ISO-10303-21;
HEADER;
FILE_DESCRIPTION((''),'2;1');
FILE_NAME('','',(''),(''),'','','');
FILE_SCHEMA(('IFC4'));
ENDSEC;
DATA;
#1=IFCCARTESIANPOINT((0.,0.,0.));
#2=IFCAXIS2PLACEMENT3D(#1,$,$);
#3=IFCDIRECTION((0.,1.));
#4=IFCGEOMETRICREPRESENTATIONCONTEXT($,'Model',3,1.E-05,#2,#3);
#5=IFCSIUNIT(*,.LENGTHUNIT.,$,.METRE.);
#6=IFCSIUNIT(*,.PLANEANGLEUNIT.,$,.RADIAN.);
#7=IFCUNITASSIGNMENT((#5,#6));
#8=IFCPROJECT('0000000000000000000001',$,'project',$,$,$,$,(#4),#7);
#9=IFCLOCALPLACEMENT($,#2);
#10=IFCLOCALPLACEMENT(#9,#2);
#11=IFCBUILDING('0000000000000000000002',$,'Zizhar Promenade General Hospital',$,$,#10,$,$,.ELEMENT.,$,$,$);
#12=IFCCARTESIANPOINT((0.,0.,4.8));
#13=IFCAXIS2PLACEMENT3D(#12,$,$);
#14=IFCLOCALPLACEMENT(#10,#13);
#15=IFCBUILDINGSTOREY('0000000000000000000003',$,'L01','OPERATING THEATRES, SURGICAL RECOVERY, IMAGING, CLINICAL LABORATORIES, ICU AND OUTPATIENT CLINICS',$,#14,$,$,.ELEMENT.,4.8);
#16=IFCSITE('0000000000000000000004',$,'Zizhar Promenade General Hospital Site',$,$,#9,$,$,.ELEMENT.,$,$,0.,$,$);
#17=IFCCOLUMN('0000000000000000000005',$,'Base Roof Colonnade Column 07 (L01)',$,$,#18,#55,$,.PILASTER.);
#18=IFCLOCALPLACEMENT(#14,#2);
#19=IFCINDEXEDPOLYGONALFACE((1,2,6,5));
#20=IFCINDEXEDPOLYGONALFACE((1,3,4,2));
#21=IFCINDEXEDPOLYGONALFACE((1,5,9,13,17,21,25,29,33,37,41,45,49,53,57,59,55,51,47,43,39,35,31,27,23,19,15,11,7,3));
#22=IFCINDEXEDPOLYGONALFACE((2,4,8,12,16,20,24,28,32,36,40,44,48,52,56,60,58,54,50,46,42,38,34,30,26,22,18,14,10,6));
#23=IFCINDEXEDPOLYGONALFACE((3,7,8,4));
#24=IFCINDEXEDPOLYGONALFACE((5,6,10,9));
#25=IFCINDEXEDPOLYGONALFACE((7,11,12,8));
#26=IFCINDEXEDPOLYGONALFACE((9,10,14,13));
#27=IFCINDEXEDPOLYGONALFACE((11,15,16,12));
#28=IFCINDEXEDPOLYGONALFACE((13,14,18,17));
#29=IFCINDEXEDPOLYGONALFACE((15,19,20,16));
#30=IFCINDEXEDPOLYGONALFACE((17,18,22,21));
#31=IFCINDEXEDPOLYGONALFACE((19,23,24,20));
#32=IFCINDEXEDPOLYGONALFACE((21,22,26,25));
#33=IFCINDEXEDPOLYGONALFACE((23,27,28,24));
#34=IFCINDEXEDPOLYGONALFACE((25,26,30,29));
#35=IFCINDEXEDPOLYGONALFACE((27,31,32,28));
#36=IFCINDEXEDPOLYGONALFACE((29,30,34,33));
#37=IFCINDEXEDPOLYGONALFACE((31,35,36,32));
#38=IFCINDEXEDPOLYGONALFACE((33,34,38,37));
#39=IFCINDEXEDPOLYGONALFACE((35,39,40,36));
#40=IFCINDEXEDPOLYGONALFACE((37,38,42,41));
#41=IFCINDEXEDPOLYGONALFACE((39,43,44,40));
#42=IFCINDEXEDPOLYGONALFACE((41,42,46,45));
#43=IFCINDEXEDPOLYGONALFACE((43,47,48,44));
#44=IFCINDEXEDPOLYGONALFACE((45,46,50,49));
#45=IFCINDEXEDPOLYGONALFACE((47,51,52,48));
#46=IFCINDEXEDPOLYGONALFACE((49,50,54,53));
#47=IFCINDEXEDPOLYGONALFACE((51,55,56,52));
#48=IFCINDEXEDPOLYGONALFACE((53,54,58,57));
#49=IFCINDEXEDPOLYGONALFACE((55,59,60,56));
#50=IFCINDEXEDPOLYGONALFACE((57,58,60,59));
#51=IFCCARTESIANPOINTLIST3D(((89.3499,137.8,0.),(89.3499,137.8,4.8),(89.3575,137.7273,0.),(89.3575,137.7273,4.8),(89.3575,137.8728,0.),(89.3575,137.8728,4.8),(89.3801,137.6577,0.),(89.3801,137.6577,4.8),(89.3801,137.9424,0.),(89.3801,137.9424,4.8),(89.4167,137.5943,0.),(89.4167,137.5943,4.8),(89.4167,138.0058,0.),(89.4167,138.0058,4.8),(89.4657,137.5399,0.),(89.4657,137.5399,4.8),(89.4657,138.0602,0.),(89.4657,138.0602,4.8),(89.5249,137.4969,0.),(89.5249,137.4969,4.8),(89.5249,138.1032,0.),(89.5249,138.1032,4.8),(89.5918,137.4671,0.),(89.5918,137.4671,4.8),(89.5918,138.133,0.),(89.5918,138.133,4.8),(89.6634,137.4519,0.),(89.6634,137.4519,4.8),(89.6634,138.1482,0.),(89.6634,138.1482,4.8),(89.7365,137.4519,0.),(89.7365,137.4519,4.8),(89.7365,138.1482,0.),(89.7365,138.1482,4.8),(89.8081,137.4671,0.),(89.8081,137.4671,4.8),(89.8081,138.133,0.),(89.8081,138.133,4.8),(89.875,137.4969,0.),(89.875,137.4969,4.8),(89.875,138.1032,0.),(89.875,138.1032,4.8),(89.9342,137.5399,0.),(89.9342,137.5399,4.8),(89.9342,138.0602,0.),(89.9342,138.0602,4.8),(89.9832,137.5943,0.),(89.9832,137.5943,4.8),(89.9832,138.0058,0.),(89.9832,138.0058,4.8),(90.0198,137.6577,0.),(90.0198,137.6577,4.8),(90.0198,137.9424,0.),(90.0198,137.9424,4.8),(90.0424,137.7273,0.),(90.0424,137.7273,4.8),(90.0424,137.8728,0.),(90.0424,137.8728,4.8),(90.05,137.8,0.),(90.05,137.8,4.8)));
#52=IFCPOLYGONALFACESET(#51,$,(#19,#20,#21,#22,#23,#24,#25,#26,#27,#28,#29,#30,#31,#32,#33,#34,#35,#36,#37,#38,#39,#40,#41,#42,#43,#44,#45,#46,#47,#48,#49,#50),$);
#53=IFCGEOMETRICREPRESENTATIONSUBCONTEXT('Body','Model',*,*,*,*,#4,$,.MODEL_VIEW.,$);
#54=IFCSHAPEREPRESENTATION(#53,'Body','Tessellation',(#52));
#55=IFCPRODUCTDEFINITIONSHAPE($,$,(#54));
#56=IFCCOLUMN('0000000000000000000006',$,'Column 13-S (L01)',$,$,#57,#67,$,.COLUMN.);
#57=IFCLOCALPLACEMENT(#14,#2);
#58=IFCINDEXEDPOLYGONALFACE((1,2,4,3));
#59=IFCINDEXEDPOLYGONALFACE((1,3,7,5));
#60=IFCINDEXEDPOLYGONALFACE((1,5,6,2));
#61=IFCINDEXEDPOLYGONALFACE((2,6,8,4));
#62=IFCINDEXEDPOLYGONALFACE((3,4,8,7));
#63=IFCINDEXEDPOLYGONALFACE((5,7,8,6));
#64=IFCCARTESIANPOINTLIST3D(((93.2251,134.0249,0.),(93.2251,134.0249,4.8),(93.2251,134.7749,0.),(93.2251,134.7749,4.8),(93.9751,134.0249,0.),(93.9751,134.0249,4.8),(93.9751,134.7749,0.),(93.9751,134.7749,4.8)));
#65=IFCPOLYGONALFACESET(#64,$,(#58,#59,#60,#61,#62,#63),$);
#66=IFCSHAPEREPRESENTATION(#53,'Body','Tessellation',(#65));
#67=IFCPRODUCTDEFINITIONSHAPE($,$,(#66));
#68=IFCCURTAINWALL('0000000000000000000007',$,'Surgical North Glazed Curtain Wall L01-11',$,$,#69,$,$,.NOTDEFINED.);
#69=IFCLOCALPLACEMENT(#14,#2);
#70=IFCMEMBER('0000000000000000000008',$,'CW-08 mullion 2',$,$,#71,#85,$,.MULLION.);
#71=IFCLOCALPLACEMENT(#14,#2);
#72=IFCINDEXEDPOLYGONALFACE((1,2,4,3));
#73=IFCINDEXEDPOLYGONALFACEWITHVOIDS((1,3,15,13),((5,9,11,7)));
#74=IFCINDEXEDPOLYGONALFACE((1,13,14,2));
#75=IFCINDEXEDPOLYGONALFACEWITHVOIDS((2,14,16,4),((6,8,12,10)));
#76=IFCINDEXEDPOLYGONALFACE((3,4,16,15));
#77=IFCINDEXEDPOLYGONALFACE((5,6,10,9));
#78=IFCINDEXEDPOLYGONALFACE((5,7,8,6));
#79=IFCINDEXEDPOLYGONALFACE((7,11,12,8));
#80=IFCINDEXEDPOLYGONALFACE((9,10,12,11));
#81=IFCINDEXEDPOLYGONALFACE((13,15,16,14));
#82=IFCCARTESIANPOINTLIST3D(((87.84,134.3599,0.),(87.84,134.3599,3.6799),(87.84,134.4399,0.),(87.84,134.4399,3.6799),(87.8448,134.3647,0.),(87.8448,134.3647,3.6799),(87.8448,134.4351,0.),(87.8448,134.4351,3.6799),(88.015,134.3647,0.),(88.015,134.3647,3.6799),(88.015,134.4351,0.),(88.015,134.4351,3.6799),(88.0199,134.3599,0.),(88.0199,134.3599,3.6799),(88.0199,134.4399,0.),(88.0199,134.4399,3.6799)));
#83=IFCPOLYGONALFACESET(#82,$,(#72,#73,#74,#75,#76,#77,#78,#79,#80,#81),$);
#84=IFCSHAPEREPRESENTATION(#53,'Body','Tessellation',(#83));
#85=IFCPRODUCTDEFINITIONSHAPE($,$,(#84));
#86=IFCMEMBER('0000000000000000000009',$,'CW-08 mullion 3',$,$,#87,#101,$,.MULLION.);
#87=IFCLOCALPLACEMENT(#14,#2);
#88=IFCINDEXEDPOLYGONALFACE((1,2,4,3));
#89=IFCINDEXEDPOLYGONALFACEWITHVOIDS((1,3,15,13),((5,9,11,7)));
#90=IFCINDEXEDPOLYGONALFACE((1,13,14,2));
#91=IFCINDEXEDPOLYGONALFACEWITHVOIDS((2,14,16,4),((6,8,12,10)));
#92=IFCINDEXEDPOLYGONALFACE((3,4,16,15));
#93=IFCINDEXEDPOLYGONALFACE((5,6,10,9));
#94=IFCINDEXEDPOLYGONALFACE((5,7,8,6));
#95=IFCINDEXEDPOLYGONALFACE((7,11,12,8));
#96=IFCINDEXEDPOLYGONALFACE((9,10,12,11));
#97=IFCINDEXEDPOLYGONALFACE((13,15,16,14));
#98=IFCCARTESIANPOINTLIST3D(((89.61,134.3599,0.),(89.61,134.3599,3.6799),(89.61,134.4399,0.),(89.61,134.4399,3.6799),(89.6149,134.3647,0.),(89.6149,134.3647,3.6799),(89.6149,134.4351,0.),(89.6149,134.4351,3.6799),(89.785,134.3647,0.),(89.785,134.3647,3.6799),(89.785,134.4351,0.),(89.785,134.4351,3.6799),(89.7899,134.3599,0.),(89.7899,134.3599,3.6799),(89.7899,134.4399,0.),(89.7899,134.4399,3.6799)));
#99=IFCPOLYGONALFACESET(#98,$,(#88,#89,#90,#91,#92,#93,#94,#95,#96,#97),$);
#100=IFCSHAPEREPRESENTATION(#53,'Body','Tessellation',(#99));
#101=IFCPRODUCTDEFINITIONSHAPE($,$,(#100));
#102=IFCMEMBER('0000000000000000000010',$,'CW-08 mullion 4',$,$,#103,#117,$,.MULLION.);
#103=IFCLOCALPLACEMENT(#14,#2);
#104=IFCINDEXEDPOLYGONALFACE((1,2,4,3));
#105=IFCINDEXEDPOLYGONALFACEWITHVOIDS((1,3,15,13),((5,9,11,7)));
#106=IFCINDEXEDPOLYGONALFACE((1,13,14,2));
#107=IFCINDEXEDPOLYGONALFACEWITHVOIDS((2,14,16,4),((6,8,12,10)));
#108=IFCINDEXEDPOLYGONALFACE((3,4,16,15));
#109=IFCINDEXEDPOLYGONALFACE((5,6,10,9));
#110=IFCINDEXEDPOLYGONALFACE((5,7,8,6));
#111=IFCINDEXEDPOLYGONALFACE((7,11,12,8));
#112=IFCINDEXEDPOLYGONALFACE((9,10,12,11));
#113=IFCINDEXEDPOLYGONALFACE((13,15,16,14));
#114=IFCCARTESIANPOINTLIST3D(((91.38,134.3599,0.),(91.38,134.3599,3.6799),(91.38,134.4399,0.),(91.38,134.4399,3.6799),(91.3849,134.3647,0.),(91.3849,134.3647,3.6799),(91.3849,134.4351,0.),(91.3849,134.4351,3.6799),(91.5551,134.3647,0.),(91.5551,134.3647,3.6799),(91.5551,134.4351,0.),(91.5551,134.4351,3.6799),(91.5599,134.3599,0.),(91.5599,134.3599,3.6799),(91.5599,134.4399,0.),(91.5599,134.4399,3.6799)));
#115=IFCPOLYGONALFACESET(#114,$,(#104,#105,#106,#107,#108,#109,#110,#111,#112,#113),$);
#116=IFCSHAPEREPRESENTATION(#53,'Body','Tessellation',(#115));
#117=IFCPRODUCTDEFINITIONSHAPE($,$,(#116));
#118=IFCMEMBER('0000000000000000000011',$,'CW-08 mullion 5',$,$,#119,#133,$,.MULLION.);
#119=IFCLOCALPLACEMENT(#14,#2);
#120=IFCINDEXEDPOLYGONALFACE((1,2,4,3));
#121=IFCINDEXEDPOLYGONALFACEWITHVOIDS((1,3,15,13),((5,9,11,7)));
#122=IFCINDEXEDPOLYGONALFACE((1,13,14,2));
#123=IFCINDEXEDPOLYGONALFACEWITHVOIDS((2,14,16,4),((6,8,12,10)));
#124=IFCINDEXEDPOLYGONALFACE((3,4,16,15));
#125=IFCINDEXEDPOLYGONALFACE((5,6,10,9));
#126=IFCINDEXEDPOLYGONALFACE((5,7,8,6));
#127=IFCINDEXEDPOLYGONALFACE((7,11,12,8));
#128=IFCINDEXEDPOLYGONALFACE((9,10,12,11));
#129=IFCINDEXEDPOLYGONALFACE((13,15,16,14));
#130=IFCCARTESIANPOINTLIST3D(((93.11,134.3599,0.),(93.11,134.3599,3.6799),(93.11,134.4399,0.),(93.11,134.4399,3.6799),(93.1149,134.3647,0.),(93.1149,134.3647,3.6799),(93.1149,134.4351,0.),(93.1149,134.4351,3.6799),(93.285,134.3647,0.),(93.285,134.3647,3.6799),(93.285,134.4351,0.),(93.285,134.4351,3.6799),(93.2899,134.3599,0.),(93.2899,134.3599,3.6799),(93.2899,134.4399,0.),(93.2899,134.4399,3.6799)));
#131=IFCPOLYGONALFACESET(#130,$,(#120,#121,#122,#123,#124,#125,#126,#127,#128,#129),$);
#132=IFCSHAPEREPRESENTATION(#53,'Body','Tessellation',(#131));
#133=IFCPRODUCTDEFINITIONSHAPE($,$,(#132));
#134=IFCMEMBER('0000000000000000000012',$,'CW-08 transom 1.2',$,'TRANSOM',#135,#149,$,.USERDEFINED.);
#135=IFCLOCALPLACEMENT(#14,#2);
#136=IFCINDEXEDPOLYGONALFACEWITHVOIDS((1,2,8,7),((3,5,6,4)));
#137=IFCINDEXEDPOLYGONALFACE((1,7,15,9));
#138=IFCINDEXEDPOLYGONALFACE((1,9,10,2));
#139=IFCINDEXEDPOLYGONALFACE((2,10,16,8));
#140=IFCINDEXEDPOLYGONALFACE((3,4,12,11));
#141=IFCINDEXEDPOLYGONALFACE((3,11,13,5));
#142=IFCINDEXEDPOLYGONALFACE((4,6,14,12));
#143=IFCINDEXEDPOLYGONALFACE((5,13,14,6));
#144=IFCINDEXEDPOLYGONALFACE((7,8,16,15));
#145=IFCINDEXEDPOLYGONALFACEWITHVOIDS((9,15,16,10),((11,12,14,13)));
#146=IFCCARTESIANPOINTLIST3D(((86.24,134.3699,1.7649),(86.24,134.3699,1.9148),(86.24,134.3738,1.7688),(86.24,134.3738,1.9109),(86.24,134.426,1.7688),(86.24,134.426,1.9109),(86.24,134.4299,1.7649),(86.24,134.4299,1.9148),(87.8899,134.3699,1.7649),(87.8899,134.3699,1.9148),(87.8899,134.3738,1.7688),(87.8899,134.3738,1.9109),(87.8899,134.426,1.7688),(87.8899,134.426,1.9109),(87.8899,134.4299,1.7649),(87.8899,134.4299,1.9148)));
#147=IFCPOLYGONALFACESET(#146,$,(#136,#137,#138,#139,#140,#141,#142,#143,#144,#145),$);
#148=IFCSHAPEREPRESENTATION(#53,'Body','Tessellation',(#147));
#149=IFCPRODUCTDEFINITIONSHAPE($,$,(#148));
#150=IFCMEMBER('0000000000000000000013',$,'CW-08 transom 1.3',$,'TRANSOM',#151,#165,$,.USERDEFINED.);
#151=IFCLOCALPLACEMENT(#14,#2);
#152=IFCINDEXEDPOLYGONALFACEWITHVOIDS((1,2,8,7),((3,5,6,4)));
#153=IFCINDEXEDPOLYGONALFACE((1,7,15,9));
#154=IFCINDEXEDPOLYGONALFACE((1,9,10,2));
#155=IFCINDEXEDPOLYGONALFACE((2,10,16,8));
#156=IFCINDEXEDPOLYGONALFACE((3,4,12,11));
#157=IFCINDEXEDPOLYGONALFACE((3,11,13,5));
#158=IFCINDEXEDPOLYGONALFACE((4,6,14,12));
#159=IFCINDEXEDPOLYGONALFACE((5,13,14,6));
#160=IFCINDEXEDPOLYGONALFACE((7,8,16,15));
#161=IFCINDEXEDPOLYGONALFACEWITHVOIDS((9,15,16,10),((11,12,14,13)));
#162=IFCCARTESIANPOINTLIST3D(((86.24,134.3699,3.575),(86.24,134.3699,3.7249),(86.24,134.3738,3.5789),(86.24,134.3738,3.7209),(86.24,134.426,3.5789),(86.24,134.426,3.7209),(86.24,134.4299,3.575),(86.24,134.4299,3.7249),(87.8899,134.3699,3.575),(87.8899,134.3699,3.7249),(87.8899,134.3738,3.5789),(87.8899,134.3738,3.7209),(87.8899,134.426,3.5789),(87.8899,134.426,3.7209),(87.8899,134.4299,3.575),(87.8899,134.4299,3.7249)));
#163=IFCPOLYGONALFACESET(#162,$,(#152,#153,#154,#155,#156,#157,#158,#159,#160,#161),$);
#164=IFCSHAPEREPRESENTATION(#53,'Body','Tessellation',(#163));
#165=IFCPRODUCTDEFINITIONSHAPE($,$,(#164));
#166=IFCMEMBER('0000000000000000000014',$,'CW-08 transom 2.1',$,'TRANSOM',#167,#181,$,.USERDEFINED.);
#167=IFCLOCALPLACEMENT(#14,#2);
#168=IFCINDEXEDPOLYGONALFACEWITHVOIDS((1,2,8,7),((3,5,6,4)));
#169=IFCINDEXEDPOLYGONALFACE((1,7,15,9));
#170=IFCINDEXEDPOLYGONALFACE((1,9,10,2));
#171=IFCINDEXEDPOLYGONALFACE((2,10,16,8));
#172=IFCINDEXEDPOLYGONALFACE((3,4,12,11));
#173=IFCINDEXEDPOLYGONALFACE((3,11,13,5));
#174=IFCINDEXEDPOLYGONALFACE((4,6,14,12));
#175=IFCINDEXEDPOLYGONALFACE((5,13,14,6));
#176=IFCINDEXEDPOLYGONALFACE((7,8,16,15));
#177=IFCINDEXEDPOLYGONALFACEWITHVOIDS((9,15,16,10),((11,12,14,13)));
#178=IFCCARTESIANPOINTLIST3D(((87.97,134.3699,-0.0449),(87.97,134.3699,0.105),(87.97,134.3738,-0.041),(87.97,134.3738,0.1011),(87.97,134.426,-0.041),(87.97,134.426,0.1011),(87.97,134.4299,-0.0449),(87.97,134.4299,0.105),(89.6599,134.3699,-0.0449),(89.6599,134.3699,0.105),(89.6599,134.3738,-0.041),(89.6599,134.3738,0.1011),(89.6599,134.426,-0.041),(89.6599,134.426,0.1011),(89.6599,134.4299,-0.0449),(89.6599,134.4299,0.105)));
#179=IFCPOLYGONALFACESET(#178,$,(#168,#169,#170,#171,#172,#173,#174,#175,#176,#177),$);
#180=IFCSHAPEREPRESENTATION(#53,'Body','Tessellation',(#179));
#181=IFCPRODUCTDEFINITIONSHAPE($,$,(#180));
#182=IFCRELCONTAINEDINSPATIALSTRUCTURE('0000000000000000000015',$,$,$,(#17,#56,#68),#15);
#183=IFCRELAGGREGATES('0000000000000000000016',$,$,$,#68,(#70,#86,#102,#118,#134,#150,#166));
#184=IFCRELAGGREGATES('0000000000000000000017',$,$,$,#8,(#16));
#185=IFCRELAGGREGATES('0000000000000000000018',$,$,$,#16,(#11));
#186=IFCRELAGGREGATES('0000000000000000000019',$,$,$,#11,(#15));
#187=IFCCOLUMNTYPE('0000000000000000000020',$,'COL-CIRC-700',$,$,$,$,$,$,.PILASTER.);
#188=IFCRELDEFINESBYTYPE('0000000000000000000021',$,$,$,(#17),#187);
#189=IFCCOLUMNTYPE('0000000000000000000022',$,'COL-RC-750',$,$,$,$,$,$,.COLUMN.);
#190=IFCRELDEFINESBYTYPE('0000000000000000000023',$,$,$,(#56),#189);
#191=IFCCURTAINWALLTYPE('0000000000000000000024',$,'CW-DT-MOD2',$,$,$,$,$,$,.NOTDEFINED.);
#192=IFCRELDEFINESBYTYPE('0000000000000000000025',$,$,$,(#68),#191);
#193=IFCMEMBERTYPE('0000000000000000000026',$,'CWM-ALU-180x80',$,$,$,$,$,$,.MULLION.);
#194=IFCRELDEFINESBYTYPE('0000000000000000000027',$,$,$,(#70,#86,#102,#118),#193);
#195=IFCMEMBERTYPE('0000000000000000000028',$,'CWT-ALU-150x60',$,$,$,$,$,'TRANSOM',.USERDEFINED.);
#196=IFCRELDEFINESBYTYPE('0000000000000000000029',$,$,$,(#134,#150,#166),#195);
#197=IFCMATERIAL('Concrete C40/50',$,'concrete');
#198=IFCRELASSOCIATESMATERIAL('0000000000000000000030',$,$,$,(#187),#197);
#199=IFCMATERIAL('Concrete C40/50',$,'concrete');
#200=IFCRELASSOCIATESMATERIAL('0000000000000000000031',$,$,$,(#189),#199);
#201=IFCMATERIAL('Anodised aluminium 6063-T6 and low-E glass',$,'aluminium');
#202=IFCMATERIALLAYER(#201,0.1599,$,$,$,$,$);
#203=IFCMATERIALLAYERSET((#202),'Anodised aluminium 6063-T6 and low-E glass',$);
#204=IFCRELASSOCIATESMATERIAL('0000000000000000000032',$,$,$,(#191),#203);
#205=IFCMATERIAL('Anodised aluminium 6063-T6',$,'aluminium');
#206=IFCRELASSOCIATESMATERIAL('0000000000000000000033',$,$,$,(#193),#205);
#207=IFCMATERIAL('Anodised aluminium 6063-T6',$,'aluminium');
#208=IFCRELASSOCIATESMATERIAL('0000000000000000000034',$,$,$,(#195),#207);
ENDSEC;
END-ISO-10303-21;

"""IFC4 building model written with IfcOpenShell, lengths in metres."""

from ifc_helpers import new_model, si_unit, direction, frame, origin, origin_2d, place, context, subcontext, project, spatial, rectangle, hollow_rectangle, circle, extrude, material, layer, layer_set, material_profile, profile_set, type_object, element, aggregate, save


model = new_model("IFC4")

# Units and contexts
model_context = context("Model", 3, precision=1e-05, world=origin(), true_north=direction((0.0, 1.0)))
body_context = subcontext(model_context, "Body", "Model", "MODEL_VIEW")
ifc_project = project(units=[si_unit("LENGTHUNIT", "METRE"), si_unit("PLANEANGLEUNIT", "RADIAN")], contexts=[model_context])

# Site, building, storey
site_placement = place(None, origin())
site = spatial("IfcSite", under=ifc_project, at=site_placement, Name="Zizhar Promenade General Hospital Site", CompositionType="ELEMENT", RefElevation=0.0)
building_placement = place(site_placement, origin())
building = spatial("IfcBuilding", under=site, at=building_placement, Name="Zizhar Promenade General Hospital", CompositionType="ELEMENT")
storey_placement = place(building_placement, frame((0.0, 0.0, 4.8)))
storey = spatial("IfcBuildingStorey", under=building, at=storey_placement, Name="L01", Description="OPERATING THEATRES, SURGICAL RECOVERY, IMAGING, CLINICAL LABORATORIES, ICU AND OUTPATIENT CLINICS", CompositionType="ELEMENT", Elevation=4.8)

# Columns
ifc_material_1 = material(Name="Concrete C40/50", Category="concrete")
ifc_material_profile_1 = material_profile(ifc_material_1, circle(Radius=0.3501, at=origin_2d()))
ifc_profile_set_1 = profile_set([ifc_material_profile_1], Name="Concrete C40/50")
column_type_1 = type_object("IfcColumnType", Name="COL-CIRC-700", PredefinedType="PILASTER", material=ifc_profile_set_1)
column_1_placement = place(storey_placement, frame((89.7, 137.8, 0.0), z_axis=(0.0, 0.0, 1.0), x_axis=(1.0, 0.0, 0.0)))
element("IfcColumn", 1, at=column_1_placement, inside=storey, type_object=column_type_1, Name="Base Roof Colonnade Column 07 (L01)", PredefinedType="PILASTER", context=body_context, shape_type="SweptSolid", body=[
    extrude(circle(Radius=0.3501, at=origin_2d()), origin(), (0.0, 0.0, 1.0), 4.8),
])
ifc_material_2 = material(Name="Concrete C40/50", Category="concrete")
ifc_material_profile_2 = material_profile(ifc_material_2, rectangle(XDim=0.75, YDim=0.75, at=origin_2d()))
ifc_profile_set_2 = profile_set([ifc_material_profile_2], Name="Concrete C40/50")
column_type_2 = type_object("IfcColumnType", Name="COL-RC-750", PredefinedType="COLUMN", material=ifc_profile_set_2)
column_2_placement = place(storey_placement, frame((93.6001, 134.3999, 0.0), z_axis=(0.0, 0.0, 1.0), x_axis=(1.0, 0.0, 0.0)))
element("IfcColumn", 2, at=column_2_placement, inside=storey, type_object=column_type_2, Name="Column 13-S (L01)", PredefinedType="COLUMN", context=body_context, shape_type="SweptSolid", body=[
    extrude(rectangle(XDim=0.75, YDim=0.75, at=origin_2d()), origin(), (0.0, 0.0, 1.0), 4.8),
])

# Curtain wall, members
ifc_material_3 = material(Name="Anodised aluminium 6063-T6 and low-E glass", Category="aluminium")
ifc_layer_1 = layer(ifc_material_3, 0.1599)
ifc_layer_set_1 = layer_set([ifc_layer_1], Name="Anodised aluminium 6063-T6 and low-E glass")
curtain_wall_type = type_object("IfcCurtainWallType", Name="CW-DT-MOD2", PredefinedType="NOTDEFINED", material=ifc_layer_set_1)
curtain_wall_placement = place(storey_placement, origin())
curtain_wall = element("IfcCurtainWall", 3, at=curtain_wall_placement, inside=storey, type_object=curtain_wall_type, Name="Surgical North Glazed Curtain Wall L01-11", PredefinedType="NOTDEFINED")
ifc_material_4 = material(Name="Anodised aluminium 6063-T6", Category="aluminium")
ifc_material_profile_3 = material_profile(ifc_material_4, hollow_rectangle(XDim=0.0801, YDim=0.1799, WallThickness=0.0049, at=origin_2d()))
ifc_profile_set_3 = profile_set([ifc_material_profile_3], Name="Anodised aluminium 6063-T6")
member_type_1 = type_object("IfcMemberType", Name="CWM-ALU-180x80", PredefinedType="MULLION", material=ifc_profile_set_3)
member_1_placement = place(storey_placement, frame((87.9299, 134.3999, 0.0), z_axis=(0.0, 0.0, 1.0), x_axis=(0.0, 1.0, 0.0)))
member_1 = element("IfcMember", 4, at=member_1_placement, type_object=member_type_1, Name="CW-08 mullion 2", PredefinedType="MULLION", context=body_context, shape_type="SweptSolid", body=[
    extrude(hollow_rectangle(XDim=0.0801, YDim=0.1799, WallThickness=0.0049, at=origin_2d()), origin(), (0.0, 0.0, 1.0), 3.6799),
])
member_2_placement = place(storey_placement, frame((89.7, 134.3999, 0.0), z_axis=(0.0, 0.0, 1.0), x_axis=(0.0, 1.0, 0.0)))
member_2 = element("IfcMember", 5, at=member_2_placement, type_object=member_type_1, Name="CW-08 mullion 3", PredefinedType="MULLION", context=body_context, shape_type="SweptSolid", body=[
    extrude(hollow_rectangle(XDim=0.0801, YDim=0.1799, WallThickness=0.0049, at=origin_2d()), origin(), (0.0, 0.0, 1.0), 3.6799),
])
member_3_placement = place(storey_placement, frame((91.47, 134.3999, 0.0), z_axis=(0.0, 0.0, 1.0), x_axis=(0.0, 1.0, 0.0)))
member_3 = element("IfcMember", 6, at=member_3_placement, type_object=member_type_1, Name="CW-08 mullion 4", PredefinedType="MULLION", context=body_context, shape_type="SweptSolid", body=[
    extrude(hollow_rectangle(XDim=0.0801, YDim=0.1799, WallThickness=0.0049, at=origin_2d()), origin(), (0.0, 0.0, 1.0), 3.6799),
])
member_4_placement = place(storey_placement, frame((93.2, 134.3999, 0.0), z_axis=(0.0, 0.0, 1.0), x_axis=(0.0, 1.0, 0.0)))
member_4 = element("IfcMember", 7, at=member_4_placement, type_object=member_type_1, Name="CW-08 mullion 5", PredefinedType="MULLION", context=body_context, shape_type="SweptSolid", body=[
    extrude(hollow_rectangle(XDim=0.0801, YDim=0.1799, WallThickness=0.0049, at=origin_2d()), origin(), (0.0, 0.0, 1.0), 3.6799),
])
ifc_material_5 = material(Name="Anodised aluminium 6063-T6", Category="aluminium")
ifc_material_profile_4 = material_profile(ifc_material_5, hollow_rectangle(XDim=0.0601, YDim=0.1499, WallThickness=0.0039, at=origin_2d()))
ifc_profile_set_4 = profile_set([ifc_material_profile_4], Name="Anodised aluminium 6063-T6")
member_type_2 = type_object("IfcMemberType", Name="CWT-ALU-150x60", ElementType="TRANSOM", PredefinedType="USERDEFINED", material=ifc_profile_set_4)
member_5_placement = place(storey_placement, frame((86.24, 134.3999, 1.8398), z_axis=(1.0, 0.0, 0.0), x_axis=(0.0, 1.0, 0.0)))
member_5 = element("IfcMember", 8, at=member_5_placement, type_object=member_type_2, Name="CW-08 transom 1.2", ObjectType="TRANSOM", PredefinedType="USERDEFINED", context=body_context, shape_type="SweptSolid", body=[
    extrude(hollow_rectangle(XDim=0.0601, YDim=0.1499, WallThickness=0.0039, at=origin_2d()), origin(), (0.0, 0.0, 1.0), 1.6499),
])
member_6_placement = place(storey_placement, frame((86.24, 134.3999, 3.6499), z_axis=(1.0, 0.0, 0.0), x_axis=(0.0, 1.0, 0.0)))
member_6 = element("IfcMember", 9, at=member_6_placement, type_object=member_type_2, Name="CW-08 transom 1.3", ObjectType="TRANSOM", PredefinedType="USERDEFINED", context=body_context, shape_type="SweptSolid", body=[
    extrude(hollow_rectangle(XDim=0.0601, YDim=0.1499, WallThickness=0.0039, at=origin_2d()), origin(), (0.0, 0.0, 1.0), 1.6499),
])
member_7_placement = place(storey_placement, frame((87.97, 134.3999, 0.03), z_axis=(1.0, 0.0, 0.0), x_axis=(0.0, 1.0, 0.0)))
member_7 = element("IfcMember", 10, at=member_7_placement, type_object=member_type_2, Name="CW-08 transom 2.1", ObjectType="TRANSOM", PredefinedType="USERDEFINED", context=body_context, shape_type="SweptSolid", body=[
    extrude(hollow_rectangle(XDim=0.0601, YDim=0.1499, WallThickness=0.0039, at=origin_2d()), origin(), (0.0, 0.0, 1.0), 1.6899),
])
aggregate(curtain_wall, [member_1, member_2, member_3, member_4, member_5, member_6, member_7])

save(model, "model.ifc")
